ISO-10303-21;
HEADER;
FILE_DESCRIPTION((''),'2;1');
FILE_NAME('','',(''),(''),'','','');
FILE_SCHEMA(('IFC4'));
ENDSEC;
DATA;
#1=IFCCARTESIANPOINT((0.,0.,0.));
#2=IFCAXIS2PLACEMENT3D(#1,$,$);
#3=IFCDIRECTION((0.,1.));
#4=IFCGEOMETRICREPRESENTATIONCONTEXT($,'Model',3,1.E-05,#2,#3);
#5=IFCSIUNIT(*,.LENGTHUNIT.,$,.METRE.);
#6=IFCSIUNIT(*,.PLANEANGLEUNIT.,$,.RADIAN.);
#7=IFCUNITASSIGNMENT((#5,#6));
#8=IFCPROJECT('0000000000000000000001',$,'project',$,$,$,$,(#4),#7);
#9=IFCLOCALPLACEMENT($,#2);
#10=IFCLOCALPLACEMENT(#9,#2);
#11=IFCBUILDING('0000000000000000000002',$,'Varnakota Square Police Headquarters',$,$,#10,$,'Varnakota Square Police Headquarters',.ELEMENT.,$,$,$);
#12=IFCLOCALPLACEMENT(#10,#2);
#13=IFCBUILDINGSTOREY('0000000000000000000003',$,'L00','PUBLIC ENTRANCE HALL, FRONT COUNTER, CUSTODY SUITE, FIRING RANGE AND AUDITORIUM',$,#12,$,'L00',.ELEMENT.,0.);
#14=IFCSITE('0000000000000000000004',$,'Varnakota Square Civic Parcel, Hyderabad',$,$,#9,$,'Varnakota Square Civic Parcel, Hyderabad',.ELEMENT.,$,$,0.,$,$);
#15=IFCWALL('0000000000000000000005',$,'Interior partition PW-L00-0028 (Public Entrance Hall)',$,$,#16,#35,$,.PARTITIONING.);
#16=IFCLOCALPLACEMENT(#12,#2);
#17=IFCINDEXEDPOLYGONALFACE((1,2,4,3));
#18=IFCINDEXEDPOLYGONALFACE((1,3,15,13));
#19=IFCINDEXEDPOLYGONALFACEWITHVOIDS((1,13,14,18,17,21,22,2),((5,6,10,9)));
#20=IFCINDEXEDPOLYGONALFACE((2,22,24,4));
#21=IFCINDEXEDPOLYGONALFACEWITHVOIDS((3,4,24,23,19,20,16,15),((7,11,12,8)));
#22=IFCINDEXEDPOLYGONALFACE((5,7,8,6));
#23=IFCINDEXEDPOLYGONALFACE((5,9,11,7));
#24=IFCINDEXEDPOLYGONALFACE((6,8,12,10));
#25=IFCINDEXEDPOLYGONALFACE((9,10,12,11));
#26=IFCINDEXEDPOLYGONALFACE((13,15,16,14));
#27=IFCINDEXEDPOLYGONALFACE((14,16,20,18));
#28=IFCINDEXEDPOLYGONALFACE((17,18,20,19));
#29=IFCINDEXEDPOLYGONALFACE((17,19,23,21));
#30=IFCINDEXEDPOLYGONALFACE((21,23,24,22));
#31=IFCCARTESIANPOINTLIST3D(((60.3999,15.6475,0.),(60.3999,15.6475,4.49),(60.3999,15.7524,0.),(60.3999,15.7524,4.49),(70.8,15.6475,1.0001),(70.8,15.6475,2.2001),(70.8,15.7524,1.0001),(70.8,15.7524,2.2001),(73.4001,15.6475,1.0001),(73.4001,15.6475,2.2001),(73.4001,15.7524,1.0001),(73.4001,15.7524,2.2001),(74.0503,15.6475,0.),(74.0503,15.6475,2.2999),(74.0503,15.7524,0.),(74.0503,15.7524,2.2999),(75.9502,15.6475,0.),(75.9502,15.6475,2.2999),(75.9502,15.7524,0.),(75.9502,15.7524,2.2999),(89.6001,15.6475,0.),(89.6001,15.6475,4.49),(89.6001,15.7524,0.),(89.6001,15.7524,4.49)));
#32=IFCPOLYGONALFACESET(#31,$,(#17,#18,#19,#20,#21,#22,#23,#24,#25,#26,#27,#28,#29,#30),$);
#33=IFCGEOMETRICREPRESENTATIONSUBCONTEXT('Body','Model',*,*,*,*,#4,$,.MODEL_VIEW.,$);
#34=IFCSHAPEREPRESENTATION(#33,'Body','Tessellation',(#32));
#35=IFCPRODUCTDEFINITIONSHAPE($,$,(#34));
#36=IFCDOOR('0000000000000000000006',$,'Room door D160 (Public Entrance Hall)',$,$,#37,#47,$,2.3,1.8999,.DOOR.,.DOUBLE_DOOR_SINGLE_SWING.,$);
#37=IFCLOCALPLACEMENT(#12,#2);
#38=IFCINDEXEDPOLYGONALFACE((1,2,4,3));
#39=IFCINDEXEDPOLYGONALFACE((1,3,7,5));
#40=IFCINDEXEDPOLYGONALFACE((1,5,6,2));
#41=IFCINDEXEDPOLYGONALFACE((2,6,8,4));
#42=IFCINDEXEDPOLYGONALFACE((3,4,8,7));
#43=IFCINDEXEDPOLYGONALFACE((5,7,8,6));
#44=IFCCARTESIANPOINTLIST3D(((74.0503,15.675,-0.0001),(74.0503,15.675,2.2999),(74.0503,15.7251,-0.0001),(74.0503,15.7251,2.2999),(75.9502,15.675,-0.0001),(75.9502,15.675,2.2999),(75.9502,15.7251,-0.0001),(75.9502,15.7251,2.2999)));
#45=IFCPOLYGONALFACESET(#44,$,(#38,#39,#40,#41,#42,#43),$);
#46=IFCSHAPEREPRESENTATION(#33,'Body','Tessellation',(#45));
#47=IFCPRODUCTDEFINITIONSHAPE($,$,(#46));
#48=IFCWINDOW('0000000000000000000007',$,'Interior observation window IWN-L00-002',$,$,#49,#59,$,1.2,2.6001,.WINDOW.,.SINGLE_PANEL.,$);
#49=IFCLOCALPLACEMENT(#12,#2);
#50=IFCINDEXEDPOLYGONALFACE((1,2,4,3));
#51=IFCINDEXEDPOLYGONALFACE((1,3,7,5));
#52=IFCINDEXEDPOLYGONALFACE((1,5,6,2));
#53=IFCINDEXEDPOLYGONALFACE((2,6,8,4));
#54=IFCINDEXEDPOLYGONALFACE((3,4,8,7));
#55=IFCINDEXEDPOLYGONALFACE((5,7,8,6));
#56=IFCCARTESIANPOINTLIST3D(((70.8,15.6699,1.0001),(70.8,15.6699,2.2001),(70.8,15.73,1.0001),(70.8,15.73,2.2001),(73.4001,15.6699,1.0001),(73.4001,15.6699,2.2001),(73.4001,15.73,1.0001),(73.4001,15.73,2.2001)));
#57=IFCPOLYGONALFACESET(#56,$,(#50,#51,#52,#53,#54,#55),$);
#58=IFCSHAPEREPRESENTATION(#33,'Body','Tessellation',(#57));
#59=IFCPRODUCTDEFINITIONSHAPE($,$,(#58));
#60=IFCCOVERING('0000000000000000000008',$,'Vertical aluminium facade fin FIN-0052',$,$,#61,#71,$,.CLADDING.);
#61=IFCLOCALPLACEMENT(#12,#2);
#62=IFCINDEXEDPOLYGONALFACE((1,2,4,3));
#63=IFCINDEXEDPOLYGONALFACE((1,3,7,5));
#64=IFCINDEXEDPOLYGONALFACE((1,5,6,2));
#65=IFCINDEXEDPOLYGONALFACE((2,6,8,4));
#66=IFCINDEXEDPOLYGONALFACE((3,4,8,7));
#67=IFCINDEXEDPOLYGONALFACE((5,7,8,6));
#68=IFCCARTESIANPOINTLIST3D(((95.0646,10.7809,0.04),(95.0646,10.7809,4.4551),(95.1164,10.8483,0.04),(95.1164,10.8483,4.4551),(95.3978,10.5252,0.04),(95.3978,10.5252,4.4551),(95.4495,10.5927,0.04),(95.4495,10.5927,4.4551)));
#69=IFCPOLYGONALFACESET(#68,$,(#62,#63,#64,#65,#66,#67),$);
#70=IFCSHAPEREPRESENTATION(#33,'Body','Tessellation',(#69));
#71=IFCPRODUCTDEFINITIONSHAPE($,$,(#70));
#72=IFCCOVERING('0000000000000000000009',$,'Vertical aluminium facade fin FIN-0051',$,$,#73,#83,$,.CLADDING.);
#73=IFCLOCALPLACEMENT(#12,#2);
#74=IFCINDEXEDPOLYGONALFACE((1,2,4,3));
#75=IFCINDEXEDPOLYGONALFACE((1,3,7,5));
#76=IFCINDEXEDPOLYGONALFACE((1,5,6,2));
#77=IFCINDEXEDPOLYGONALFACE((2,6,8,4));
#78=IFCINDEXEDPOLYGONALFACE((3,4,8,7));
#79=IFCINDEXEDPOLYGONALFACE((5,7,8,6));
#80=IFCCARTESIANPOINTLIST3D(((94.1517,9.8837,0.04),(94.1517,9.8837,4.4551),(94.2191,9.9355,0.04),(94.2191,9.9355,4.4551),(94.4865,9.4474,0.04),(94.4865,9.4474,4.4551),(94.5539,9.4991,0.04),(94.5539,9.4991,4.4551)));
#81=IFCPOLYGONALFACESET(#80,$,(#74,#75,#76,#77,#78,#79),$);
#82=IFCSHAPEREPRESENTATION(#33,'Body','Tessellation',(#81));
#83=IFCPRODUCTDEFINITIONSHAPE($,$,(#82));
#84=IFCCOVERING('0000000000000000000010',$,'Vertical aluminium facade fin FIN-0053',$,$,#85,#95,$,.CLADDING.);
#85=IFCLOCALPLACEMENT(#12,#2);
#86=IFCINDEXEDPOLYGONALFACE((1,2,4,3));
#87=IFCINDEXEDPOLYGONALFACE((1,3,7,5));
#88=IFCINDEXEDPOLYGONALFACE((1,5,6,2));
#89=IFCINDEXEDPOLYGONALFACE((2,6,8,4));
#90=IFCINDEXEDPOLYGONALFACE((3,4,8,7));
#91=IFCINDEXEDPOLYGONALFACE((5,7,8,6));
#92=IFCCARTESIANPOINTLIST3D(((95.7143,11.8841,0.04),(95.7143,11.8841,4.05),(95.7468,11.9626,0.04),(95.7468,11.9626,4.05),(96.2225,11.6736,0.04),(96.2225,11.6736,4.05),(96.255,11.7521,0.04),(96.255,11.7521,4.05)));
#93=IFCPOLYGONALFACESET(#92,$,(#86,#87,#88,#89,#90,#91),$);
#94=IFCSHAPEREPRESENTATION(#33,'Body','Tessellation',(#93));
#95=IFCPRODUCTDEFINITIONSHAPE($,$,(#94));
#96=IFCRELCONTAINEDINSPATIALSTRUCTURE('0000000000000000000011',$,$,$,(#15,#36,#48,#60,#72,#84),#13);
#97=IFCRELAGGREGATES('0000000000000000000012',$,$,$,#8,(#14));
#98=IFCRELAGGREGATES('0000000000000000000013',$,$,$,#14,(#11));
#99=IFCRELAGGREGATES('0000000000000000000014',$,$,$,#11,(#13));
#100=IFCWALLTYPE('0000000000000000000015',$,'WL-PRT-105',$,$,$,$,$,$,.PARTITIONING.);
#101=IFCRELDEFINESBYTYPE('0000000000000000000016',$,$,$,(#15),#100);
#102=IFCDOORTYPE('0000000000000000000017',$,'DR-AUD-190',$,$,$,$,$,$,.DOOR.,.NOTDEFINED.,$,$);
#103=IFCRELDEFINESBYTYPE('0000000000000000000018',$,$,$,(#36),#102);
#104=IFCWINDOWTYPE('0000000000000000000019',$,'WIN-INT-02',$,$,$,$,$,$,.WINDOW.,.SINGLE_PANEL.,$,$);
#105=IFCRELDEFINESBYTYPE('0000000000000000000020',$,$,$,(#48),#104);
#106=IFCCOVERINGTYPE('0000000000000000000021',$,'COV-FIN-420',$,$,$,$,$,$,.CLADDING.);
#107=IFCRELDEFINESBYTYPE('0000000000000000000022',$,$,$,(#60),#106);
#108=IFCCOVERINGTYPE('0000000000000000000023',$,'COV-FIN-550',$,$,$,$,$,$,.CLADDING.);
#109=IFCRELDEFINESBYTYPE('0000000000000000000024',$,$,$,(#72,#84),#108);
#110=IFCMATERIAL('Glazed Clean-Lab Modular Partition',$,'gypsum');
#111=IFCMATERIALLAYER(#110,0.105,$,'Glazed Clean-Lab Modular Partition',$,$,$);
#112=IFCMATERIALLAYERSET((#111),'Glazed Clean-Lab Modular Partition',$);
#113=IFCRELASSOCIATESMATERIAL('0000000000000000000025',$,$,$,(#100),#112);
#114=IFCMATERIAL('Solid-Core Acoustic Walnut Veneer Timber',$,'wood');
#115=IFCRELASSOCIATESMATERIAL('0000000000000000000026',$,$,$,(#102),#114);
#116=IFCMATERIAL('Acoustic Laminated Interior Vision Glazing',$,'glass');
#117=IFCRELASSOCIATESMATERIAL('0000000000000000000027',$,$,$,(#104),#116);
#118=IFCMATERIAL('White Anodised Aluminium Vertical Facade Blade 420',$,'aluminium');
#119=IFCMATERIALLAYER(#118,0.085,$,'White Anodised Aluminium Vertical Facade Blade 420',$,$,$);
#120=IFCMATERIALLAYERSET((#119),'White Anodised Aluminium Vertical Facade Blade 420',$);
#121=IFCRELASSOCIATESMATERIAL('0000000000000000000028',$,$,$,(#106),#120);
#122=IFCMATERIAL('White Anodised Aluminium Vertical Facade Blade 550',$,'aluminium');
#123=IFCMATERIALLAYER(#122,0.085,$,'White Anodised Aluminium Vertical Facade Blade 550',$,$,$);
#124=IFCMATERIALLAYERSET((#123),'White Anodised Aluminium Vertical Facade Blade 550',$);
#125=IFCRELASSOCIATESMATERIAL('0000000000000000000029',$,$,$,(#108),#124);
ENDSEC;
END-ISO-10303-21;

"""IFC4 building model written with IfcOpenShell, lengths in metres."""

from ifc_helpers import new_model, si_unit, direction, frame, frame_2d, origin, origin_2d, place, context, subcontext, project, spatial, rectangle, extrude, material, layer, layer_set, type_object, element, fill, save


model = new_model("IFC4")

# Units and contexts
model_context = context("Model", 3, precision=1e-05, world=origin(), true_north=direction((0.0, 1.0)))
body_context = subcontext(model_context, "Body", "Model", "MODEL_VIEW")
ifc_project = project(units=[si_unit("LENGTHUNIT", "METRE"), si_unit("PLANEANGLEUNIT", "RADIAN")], contexts=[model_context])

# Site, building, storey
site_placement = place(None, origin())
site = spatial("IfcSite", under=ifc_project, at=site_placement, Name="Varnakota Square Civic Parcel, Hyderabad", LongName="Varnakota Square Civic Parcel, Hyderabad", CompositionType="ELEMENT", RefElevation=0.0)
building_placement = place(site_placement, origin())
building = spatial("IfcBuilding", under=site, at=building_placement, Name="Varnakota Square Police Headquarters", LongName="Varnakota Square Police Headquarters", CompositionType="ELEMENT")
storey_placement = place(building_placement, origin())
storey = spatial("IfcBuildingStorey", under=building, at=storey_placement, Name="L00", Description="PUBLIC ENTRANCE HALL, FRONT COUNTER, CUSTODY SUITE, FIRING RANGE AND AUDITORIUM", LongName="L00", CompositionType="ELEMENT", Elevation=0.0)

# Wall, openings, door, window
ifc_material_1 = material(Name="Glazed Clean-Lab Modular Partition", Category="gypsum")
ifc_layer_1 = layer(ifc_material_1, 0.105, Name="Glazed Clean-Lab Modular Partition")
ifc_layer_set_1 = layer_set([ifc_layer_1], Name="Glazed Clean-Lab Modular Partition")
wall_type_1 = type_object("IfcWallType", Name="WL-PRT-105", PredefinedType="PARTITIONING", material=ifc_layer_set_1)
wall_placement = place(storey_placement, frame((89.6001, 15.7, 0.0), z_axis=(0.0, 0.0, 1.0), x_axis=(-1.0, 0.0, 0.0)))
wall = element("IfcWall", 1, at=wall_placement, inside=storey, type_object=wall_type_1, Name="Interior partition PW-L00-0028 (Public Entrance Hall)", PredefinedType="PARTITIONING", context=body_context, shape_type="SweptSolid", body=[
    extrude(rectangle(XDim=29.2002, YDim=0.105, at=frame_2d((14.6001, 0.0))), origin(), (0.0, 0.0, 1.0), 4.49),
])
opening_1_placement = place(wall_placement, frame((13.6499, 0.0, 0.0)))
opening_1 = element("IfcOpeningElement", 2, at=opening_1_placement, cuts=wall, PredefinedType="OPENING", context=body_context, shape_type="SweptSolid", body=[
    extrude(rectangle(XDim=1.8999, YDim=2.3, at=frame_2d((0.95, 1.1499))), frame((0.0, 0.0625, 0.0), z_axis=(0.0, -1.0, 0.0), x_axis=(1.0, 0.0, 0.0)), (0.0, 0.0, 1.0), 0.125),
])
opening_2_placement = place(wall_placement, frame((16.2, 0.0, 1.0)))
opening_2 = element("IfcOpeningElement", 3, at=opening_2_placement, cuts=wall, PredefinedType="OPENING", context=body_context, shape_type="SweptSolid", body=[
    extrude(rectangle(XDim=2.6001, YDim=1.2, at=frame_2d((1.3, 0.6001))), frame((0.0, 0.0625, 0.0), z_axis=(0.0, -1.0, 0.0), x_axis=(1.0, 0.0, 0.0)), (0.0, 0.0, 1.0), 0.125),
])
ifc_material_2 = material(Name="Solid-Core Acoustic Walnut Veneer Timber", Category="wood")
door_type = type_object("IfcDoorType", Name="DR-AUD-190", OperationType="NOTDEFINED", PredefinedType="DOOR", material=ifc_material_2)
door_placement = place(opening_1_placement, origin())
door = element("IfcDoor", 4, at=door_placement, inside=storey, type_object=door_type, Name="Room door D160 (Public Entrance Hall)", OperationType="DOUBLE_DOOR_SINGLE_SWING", OverallHeight=2.3, OverallWidth=1.8999, PredefinedType="DOOR", context=body_context, shape_type="SweptSolid", body=[
    extrude(rectangle(XDim=1.8999, YDim=2.3, at=frame_2d((0.95, 1.1499))), frame((0.0, 0.0249, 0.0), z_axis=(0.0, -1.0, 0.0), x_axis=(1.0, 0.0, 0.0)), (0.0, 0.0, 1.0), 0.05),
])
fill(opening_1, door)
ifc_material_3 = material(Name="Acoustic Laminated Interior Vision Glazing", Category="glass")
window_type = type_object("IfcWindowType", Name="WIN-INT-02", PartitioningType="SINGLE_PANEL", PredefinedType="WINDOW", material=ifc_material_3)
window_placement = place(opening_2_placement, origin())
window = element("IfcWindow", 5, at=window_placement, inside=storey, type_object=window_type, Name="Interior observation window IWN-L00-002", OverallHeight=1.2, OverallWidth=2.6001, PartitioningType="SINGLE_PANEL", PredefinedType="WINDOW", context=body_context, shape_type="SweptSolid", body=[
    extrude(rectangle(XDim=2.6001, YDim=1.2, at=frame_2d((1.3, 0.6001))), frame((0.0, 0.03, 0.0), z_axis=(0.0, -1.0, 0.0), x_axis=(1.0, 0.0, 0.0)), (0.0, 0.0, 1.0), 0.0601),
])
fill(opening_2, window)

# Coverings
ifc_material_4 = material(Name="White Anodised Aluminium Vertical Facade Blade 420", Category="aluminium")
ifc_layer_2 = layer(ifc_material_4, 0.085, Name="White Anodised Aluminium Vertical Facade Blade 420")
ifc_layer_set_2 = layer_set([ifc_layer_2], Name="White Anodised Aluminium Vertical Facade Blade 420")
covering_type_1 = type_object("IfcCoveringType", Name="COV-FIN-420", PredefinedType="CLADDING", material=ifc_layer_set_2)
covering_1_placement = place(storey_placement, frame((95.2571, 10.6868, 0.04), z_axis=(0.0, 0.0, 1.0), x_axis=(0.608761, 0.793353, 0.0)))
element("IfcCovering", 6, at=covering_1_placement, inside=storey, type_object=covering_type_1, Name="Vertical aluminium facade fin FIN-0052", PredefinedType="CLADDING", context=body_context, shape_type="SweptSolid", body=[
    extrude(rectangle(XDim=0.085, YDim=0.4199, at=origin_2d()), origin(), (0.0, 0.0, 1.0), 4.415),
])
ifc_material_5 = material(Name="White Anodised Aluminium Vertical Facade Blade 550", Category="aluminium")
ifc_layer_3 = layer(ifc_material_5, 0.085, Name="White Anodised Aluminium Vertical Facade Blade 550")
ifc_layer_set_3 = layer_set([ifc_layer_3], Name="White Anodised Aluminium Vertical Facade Blade 550")
covering_type_2 = type_object("IfcCoveringType", Name="COV-FIN-550", PredefinedType="CLADDING", material=ifc_layer_set_3)
covering_2_placement = place(storey_placement, frame((94.3528, 9.6914, 0.04), z_axis=(0.0, 0.0, 1.0), x_axis=(0.793353, 0.608761, 0.0)))
element("IfcCovering", 7, at=covering_2_placement, inside=storey, type_object=covering_type_2, Name="Vertical aluminium facade fin FIN-0051", PredefinedType="CLADDING", context=body_context, shape_type="SweptSolid", body=[
    extrude(rectangle(XDim=0.085, YDim=0.55, at=origin_2d()), origin(), (0.0, 0.0, 1.0), 4.415),
])
covering_3_placement = place(storey_placement, frame((95.9846, 11.8181, 0.04), z_axis=(0.0, 0.0, 1.0), x_axis=(0.382683, 0.92388, 0.0)))
element("IfcCovering", 8, at=covering_3_placement, inside=storey, type_object=covering_type_2, Name="Vertical aluminium facade fin FIN-0053", PredefinedType="CLADDING", context=body_context, shape_type="SweptSolid", body=[
    extrude(rectangle(XDim=0.085, YDim=0.55, at=origin_2d()), origin(), (0.0, 0.0, 1.0), 4.01),
])

save(model, "model.ifc")
